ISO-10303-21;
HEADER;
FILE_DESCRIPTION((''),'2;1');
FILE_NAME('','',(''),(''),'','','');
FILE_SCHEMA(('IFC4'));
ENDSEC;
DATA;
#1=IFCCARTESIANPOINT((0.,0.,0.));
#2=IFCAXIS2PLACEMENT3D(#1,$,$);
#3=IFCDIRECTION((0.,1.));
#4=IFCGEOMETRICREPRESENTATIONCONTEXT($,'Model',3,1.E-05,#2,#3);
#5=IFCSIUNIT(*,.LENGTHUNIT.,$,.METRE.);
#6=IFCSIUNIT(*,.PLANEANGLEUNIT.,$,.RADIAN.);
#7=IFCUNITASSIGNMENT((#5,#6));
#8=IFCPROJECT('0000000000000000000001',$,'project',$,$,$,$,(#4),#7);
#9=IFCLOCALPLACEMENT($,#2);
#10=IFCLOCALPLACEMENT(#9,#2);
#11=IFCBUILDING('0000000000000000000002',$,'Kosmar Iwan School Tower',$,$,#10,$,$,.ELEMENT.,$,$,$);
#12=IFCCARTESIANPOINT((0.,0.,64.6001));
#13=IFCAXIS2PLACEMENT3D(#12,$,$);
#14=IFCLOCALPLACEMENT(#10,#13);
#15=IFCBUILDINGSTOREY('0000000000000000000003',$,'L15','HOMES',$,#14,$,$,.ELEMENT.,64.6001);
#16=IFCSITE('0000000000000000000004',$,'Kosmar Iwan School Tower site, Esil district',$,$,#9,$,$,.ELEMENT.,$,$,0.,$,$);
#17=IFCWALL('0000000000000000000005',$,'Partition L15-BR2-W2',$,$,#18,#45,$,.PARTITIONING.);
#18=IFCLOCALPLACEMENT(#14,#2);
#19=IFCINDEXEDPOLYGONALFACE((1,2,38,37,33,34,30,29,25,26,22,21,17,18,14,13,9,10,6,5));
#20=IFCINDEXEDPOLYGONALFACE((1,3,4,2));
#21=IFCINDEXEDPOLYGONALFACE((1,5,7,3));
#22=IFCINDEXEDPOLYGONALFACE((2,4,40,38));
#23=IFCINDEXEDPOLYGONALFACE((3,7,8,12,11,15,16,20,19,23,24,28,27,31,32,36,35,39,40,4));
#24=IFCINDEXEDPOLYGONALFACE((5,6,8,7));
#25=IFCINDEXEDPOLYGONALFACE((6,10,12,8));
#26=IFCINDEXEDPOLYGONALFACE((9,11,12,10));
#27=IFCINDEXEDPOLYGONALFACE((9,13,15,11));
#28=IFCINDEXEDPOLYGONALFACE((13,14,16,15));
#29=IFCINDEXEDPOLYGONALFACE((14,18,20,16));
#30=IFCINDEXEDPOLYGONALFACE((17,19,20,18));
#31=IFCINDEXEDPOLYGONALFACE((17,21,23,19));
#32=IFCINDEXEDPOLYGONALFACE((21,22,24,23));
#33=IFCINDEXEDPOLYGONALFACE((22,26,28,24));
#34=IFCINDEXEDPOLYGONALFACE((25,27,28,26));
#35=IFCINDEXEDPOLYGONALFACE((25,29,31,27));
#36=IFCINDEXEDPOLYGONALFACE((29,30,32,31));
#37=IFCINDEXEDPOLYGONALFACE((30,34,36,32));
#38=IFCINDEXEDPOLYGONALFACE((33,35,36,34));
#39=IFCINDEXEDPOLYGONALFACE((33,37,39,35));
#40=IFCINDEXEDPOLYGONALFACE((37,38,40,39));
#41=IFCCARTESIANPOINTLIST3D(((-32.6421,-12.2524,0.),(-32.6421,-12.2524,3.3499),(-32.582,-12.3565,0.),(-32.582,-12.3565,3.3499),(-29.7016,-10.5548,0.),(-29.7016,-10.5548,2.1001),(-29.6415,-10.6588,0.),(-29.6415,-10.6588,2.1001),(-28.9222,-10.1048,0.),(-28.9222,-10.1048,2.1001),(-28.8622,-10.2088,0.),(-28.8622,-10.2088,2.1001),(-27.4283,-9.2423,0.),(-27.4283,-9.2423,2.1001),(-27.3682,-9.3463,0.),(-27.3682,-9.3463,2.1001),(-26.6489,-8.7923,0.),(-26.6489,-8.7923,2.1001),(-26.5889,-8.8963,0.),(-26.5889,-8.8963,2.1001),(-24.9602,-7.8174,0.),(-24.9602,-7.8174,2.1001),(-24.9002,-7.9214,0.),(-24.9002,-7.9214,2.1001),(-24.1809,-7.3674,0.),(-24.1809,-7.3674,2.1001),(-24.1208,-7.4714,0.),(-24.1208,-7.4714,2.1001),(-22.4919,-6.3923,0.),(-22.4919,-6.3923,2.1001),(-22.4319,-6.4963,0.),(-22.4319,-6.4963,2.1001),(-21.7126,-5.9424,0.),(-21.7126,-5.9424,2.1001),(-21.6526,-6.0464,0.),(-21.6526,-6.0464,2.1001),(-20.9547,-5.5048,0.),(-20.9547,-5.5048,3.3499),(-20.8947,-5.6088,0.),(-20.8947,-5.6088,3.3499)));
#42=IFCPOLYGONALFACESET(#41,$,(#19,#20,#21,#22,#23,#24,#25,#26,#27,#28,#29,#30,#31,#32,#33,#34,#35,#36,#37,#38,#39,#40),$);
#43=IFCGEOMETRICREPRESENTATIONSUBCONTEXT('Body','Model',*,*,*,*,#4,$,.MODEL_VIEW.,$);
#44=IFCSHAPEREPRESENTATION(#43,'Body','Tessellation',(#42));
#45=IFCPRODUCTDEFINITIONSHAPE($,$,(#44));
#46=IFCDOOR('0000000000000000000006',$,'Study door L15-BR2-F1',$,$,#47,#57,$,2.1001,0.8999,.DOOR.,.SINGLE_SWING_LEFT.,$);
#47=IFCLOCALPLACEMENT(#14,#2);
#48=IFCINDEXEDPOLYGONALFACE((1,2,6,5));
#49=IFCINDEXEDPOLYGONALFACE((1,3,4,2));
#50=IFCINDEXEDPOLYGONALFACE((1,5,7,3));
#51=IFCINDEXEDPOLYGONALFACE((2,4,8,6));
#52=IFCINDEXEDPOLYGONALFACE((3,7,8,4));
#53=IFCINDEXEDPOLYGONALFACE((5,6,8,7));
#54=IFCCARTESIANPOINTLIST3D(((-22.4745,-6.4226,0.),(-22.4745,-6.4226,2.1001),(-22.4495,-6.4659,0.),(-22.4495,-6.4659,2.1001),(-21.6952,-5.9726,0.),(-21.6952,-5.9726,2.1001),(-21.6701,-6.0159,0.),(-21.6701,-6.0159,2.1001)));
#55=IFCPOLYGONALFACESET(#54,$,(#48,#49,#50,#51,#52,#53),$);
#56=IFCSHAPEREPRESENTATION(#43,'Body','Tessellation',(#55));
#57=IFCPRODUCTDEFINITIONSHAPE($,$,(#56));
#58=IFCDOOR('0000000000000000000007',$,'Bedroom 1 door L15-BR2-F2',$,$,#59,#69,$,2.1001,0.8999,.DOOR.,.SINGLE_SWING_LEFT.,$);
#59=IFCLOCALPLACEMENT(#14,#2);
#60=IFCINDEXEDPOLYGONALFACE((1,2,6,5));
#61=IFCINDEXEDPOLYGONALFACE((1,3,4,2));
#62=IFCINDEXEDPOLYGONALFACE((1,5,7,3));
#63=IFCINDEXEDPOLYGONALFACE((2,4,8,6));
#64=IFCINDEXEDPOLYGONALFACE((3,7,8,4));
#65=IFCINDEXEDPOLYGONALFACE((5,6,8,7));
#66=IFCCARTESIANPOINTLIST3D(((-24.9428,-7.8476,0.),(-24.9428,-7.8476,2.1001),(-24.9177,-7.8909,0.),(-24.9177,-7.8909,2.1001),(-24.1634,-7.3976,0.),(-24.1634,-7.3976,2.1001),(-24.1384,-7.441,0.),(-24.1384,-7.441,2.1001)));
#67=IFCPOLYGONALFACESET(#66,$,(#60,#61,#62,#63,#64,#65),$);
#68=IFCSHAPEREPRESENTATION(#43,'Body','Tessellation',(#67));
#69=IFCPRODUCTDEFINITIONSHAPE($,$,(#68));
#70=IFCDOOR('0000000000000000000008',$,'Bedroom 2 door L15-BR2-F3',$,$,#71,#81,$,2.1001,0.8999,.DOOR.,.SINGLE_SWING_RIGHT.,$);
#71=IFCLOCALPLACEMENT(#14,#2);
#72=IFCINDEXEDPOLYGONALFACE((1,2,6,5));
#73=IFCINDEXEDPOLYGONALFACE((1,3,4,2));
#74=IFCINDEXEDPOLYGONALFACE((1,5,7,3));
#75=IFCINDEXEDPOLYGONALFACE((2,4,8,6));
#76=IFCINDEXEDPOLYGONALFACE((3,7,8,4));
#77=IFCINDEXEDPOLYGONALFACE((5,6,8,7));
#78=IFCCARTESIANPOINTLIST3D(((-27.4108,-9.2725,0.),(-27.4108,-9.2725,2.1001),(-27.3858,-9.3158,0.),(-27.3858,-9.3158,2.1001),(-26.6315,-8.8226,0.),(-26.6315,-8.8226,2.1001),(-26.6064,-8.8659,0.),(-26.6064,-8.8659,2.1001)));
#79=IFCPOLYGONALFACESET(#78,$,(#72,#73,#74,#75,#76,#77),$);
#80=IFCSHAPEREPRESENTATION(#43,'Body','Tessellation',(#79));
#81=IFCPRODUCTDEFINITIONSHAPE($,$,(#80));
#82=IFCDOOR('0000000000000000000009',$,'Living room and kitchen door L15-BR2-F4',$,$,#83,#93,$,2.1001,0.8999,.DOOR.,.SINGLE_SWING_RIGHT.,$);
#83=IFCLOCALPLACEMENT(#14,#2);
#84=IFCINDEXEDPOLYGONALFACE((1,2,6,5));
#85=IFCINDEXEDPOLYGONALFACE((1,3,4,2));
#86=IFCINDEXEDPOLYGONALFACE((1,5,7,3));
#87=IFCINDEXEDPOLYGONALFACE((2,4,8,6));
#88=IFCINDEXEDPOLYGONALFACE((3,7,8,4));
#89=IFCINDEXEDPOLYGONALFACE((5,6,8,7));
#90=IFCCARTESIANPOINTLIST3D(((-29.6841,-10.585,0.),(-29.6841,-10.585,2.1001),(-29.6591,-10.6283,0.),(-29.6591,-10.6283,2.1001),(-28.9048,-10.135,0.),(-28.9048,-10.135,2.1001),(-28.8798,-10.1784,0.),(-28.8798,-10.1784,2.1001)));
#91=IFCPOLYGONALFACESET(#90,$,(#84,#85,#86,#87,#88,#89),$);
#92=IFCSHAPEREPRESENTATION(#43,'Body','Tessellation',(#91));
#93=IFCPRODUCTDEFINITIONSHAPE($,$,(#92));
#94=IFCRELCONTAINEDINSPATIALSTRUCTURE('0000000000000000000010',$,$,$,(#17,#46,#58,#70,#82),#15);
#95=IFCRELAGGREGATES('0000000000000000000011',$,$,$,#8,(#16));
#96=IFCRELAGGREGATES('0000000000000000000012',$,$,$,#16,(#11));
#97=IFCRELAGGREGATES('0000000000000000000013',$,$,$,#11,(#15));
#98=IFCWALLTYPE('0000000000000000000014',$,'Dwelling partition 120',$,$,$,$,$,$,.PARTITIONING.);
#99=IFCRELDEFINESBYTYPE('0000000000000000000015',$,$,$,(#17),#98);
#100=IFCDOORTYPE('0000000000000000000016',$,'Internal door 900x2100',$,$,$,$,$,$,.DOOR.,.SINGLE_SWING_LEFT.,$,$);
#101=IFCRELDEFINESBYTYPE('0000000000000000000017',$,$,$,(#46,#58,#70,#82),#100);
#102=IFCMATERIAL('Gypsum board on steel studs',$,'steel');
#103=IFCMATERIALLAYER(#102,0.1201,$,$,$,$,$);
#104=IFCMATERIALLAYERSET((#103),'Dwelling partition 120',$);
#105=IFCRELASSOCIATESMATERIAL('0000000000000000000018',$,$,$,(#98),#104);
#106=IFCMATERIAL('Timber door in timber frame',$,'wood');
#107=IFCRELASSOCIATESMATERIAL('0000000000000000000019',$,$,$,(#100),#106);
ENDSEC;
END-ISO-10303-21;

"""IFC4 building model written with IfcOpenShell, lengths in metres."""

from ifc_helpers import new_model, si_unit, direction, frame, frame_2d, origin, place, context, subcontext, project, spatial, rectangle, extrude, material, layer, layer_set, type_object, element, fill, save


model = new_model("IFC4")

# Units and contexts
model_context = context("Model", 3, precision=1e-05, world=origin(), true_north=direction((0.0, 1.0)))
body_context = subcontext(model_context, "Body", "Model", "MODEL_VIEW")
ifc_project = project(units=[si_unit("LENGTHUNIT", "METRE"), si_unit("PLANEANGLEUNIT", "RADIAN")], contexts=[model_context])

# Site, building, storey
site_placement = place(None, origin())
site = spatial("IfcSite", under=ifc_project, at=site_placement, Name="Kosmar Iwan School Tower site, Esil district", CompositionType="ELEMENT", RefElevation=0.0)
building_placement = place(site_placement, origin())
building = spatial("IfcBuilding", under=site, at=building_placement, Name="Kosmar Iwan School Tower", CompositionType="ELEMENT")
storey_placement = place(building_placement, frame((0.0, 0.0, 64.6001)))
storey = spatial("IfcBuildingStorey", under=building, at=storey_placement, Name="L15", Description="HOMES", CompositionType="ELEMENT", Elevation=64.6001)

# Shared definitions
ifc_material_1 = material(Name="Gypsum board on steel studs", Category="steel")
ifc_layer = layer(ifc_material_1, 0.1201)
ifc_layer_set = layer_set([ifc_layer], Name="Dwelling partition 120")
wall_type = type_object("IfcWallType", Name="Dwelling partition 120", PredefinedType="PARTITIONING", material=ifc_layer_set)

# Wall, openings, doors
wall_1_placement = place(storey_placement, frame((-20.9248, -5.5569, 0.0), z_axis=(0.0, 0.0, 1.0), x_axis=(-0.866028, -0.499995, 0.0)))
wall_1 = element("IfcWall", 1, at=wall_1_placement, inside=storey, type_object=wall_type, Name="Partition L15-BR2-W2", PredefinedType="PARTITIONING", context=body_context, shape_type="SweptSolid", body=[
    extrude(rectangle(XDim=13.4954, YDim=0.1201, at=frame_2d((6.7476, 0.0))), origin(), (0.0, 0.0, 1.0), 3.3499),
])
opening_1_placement = place(wall_1_placement, frame((0.875, 0.0, 0.0)))
opening_1 = element("IfcOpeningElement", 2, at=opening_1_placement, cuts=wall_1, PredefinedType="OPENING", context=body_context, shape_type="SweptSolid", body=[
    extrude(rectangle(XDim=0.8999, YDim=2.1001, at=frame_2d((0.45, 1.05))), frame((0.0, 0.072, 0.0), z_axis=(0.0, -1.0, 0.0), x_axis=(1.0, 0.0, 0.0)), (0.0, 0.0, 1.0), 0.144),
])
opening_2_placement = place(wall_1_placement, frame((3.7251, 0.0, 0.0)))
opening_2 = element("IfcOpeningElement", 3, at=opening_2_placement, cuts=wall_1, PredefinedType="OPENING", context=body_context, shape_type="SweptSolid", body=[
    extrude(rectangle(XDim=0.8999, YDim=2.1001, at=frame_2d((0.45, 1.05))), frame((0.0, 0.072, 0.0), z_axis=(0.0, -1.0, 0.0), x_axis=(1.0, 0.0, 0.0)), (0.0, 0.0, 1.0), 0.144),
])
opening_3_placement = place(wall_1_placement, frame((6.575, 0.0, 0.0)))
opening_3 = element("IfcOpeningElement", 4, at=opening_3_placement, cuts=wall_1, PredefinedType="OPENING", context=body_context, shape_type="SweptSolid", body=[
    extrude(rectangle(XDim=0.8999, YDim=2.1001, at=frame_2d((0.45, 1.05))), frame((0.0, 0.072, 0.0), z_axis=(0.0, -1.0, 0.0), x_axis=(1.0, 0.0, 0.0)), (0.0, 0.0, 1.0), 0.144),
])
opening_4_placement = place(wall_1_placement, frame((9.2, 0.0, 0.0)))
opening_4 = element("IfcOpeningElement", 5, at=opening_4_placement, cuts=wall_1, PredefinedType="OPENING", context=body_context, shape_type="SweptSolid", body=[
    extrude(rectangle(XDim=0.8999, YDim=2.1001, at=frame_2d((0.45, 1.05))), frame((0.0, 0.072, 0.0), z_axis=(0.0, -1.0, 0.0), x_axis=(1.0, 0.0, 0.0)), (0.0, 0.0, 1.0), 0.144),
])
ifc_material_2 = material(Name="Timber door in timber frame", Category="wood")
door_type = type_object("IfcDoorType", Name="Internal door 900x2100", OperationType="SINGLE_SWING_LEFT", PredefinedType="DOOR", material=ifc_material_2)
door_1_placement = place(opening_1_placement, origin())
door_1 = element("IfcDoor", 6, at=door_1_placement, inside=storey, type_object=door_type, Name="Study door L15-BR2-F1", OperationType="SINGLE_SWING_LEFT", OverallHeight=2.1001, OverallWidth=0.8999, PredefinedType="DOOR", context=body_context, shape_type="SweptSolid", body=[
    extrude(rectangle(XDim=0.8999, YDim=2.1001, at=frame_2d((0.45, 1.05))), frame((0.0, 0.0249, 0.0), z_axis=(0.0, -1.0, 0.0), x_axis=(1.0, 0.0, 0.0)), (0.0, 0.0, 1.0), 0.05),
])
fill(opening_1, door_1)
door_2_placement = place(opening_2_placement, origin())
door_2 = element("IfcDoor", 7, at=door_2_placement, inside=storey, type_object=door_type, Name="Bedroom 1 door L15-BR2-F2", OperationType="SINGLE_SWING_LEFT", OverallHeight=2.1001, OverallWidth=0.8999, PredefinedType="DOOR", context=body_context, shape_type="SweptSolid", body=[
    extrude(rectangle(XDim=0.8999, YDim=2.1001, at=frame_2d((0.45, 1.05))), frame((0.0, 0.0249, 0.0), z_axis=(0.0, -1.0, 0.0), x_axis=(1.0, 0.0, 0.0)), (0.0, 0.0, 1.0), 0.05),
])
fill(opening_2, door_2)
door_3_placement = place(opening_3_placement, origin())
door_3 = element("IfcDoor", 8, at=door_3_placement, inside=storey, type_object=door_type, Name="Bedroom 2 door L15-BR2-F3", OperationType="SINGLE_SWING_RIGHT", OverallHeight=2.1001, OverallWidth=0.8999, PredefinedType="DOOR", context=body_context, shape_type="SweptSolid", body=[
    extrude(rectangle(XDim=0.8999, YDim=2.1001, at=frame_2d((0.45, 1.05))), frame((0.0, 0.0249, 0.0), z_axis=(0.0, -1.0, 0.0), x_axis=(1.0, 0.0, 0.0)), (0.0, 0.0, 1.0), 0.05),
])
fill(opening_3, door_3)
door_4_placement = place(opening_4_placement, origin())
door_4 = element("IfcDoor", 9, at=door_4_placement, inside=storey, type_object=door_type, Name="Living room and kitchen door L15-BR2-F4", OperationType="SINGLE_SWING_RIGHT", OverallHeight=2.1001, OverallWidth=0.8999, PredefinedType="DOOR", context=body_context, shape_type="SweptSolid", body=[
    extrude(rectangle(XDim=0.8999, YDim=2.1001, at=frame_2d((0.45, 1.05))), frame((0.0, 0.0249, 0.0), z_axis=(0.0, -1.0, 0.0), x_axis=(1.0, 0.0, 0.0)), (0.0, 0.0, 1.0), 0.05),
])
fill(opening_4, door_4)

save(model, "model.ifc")
